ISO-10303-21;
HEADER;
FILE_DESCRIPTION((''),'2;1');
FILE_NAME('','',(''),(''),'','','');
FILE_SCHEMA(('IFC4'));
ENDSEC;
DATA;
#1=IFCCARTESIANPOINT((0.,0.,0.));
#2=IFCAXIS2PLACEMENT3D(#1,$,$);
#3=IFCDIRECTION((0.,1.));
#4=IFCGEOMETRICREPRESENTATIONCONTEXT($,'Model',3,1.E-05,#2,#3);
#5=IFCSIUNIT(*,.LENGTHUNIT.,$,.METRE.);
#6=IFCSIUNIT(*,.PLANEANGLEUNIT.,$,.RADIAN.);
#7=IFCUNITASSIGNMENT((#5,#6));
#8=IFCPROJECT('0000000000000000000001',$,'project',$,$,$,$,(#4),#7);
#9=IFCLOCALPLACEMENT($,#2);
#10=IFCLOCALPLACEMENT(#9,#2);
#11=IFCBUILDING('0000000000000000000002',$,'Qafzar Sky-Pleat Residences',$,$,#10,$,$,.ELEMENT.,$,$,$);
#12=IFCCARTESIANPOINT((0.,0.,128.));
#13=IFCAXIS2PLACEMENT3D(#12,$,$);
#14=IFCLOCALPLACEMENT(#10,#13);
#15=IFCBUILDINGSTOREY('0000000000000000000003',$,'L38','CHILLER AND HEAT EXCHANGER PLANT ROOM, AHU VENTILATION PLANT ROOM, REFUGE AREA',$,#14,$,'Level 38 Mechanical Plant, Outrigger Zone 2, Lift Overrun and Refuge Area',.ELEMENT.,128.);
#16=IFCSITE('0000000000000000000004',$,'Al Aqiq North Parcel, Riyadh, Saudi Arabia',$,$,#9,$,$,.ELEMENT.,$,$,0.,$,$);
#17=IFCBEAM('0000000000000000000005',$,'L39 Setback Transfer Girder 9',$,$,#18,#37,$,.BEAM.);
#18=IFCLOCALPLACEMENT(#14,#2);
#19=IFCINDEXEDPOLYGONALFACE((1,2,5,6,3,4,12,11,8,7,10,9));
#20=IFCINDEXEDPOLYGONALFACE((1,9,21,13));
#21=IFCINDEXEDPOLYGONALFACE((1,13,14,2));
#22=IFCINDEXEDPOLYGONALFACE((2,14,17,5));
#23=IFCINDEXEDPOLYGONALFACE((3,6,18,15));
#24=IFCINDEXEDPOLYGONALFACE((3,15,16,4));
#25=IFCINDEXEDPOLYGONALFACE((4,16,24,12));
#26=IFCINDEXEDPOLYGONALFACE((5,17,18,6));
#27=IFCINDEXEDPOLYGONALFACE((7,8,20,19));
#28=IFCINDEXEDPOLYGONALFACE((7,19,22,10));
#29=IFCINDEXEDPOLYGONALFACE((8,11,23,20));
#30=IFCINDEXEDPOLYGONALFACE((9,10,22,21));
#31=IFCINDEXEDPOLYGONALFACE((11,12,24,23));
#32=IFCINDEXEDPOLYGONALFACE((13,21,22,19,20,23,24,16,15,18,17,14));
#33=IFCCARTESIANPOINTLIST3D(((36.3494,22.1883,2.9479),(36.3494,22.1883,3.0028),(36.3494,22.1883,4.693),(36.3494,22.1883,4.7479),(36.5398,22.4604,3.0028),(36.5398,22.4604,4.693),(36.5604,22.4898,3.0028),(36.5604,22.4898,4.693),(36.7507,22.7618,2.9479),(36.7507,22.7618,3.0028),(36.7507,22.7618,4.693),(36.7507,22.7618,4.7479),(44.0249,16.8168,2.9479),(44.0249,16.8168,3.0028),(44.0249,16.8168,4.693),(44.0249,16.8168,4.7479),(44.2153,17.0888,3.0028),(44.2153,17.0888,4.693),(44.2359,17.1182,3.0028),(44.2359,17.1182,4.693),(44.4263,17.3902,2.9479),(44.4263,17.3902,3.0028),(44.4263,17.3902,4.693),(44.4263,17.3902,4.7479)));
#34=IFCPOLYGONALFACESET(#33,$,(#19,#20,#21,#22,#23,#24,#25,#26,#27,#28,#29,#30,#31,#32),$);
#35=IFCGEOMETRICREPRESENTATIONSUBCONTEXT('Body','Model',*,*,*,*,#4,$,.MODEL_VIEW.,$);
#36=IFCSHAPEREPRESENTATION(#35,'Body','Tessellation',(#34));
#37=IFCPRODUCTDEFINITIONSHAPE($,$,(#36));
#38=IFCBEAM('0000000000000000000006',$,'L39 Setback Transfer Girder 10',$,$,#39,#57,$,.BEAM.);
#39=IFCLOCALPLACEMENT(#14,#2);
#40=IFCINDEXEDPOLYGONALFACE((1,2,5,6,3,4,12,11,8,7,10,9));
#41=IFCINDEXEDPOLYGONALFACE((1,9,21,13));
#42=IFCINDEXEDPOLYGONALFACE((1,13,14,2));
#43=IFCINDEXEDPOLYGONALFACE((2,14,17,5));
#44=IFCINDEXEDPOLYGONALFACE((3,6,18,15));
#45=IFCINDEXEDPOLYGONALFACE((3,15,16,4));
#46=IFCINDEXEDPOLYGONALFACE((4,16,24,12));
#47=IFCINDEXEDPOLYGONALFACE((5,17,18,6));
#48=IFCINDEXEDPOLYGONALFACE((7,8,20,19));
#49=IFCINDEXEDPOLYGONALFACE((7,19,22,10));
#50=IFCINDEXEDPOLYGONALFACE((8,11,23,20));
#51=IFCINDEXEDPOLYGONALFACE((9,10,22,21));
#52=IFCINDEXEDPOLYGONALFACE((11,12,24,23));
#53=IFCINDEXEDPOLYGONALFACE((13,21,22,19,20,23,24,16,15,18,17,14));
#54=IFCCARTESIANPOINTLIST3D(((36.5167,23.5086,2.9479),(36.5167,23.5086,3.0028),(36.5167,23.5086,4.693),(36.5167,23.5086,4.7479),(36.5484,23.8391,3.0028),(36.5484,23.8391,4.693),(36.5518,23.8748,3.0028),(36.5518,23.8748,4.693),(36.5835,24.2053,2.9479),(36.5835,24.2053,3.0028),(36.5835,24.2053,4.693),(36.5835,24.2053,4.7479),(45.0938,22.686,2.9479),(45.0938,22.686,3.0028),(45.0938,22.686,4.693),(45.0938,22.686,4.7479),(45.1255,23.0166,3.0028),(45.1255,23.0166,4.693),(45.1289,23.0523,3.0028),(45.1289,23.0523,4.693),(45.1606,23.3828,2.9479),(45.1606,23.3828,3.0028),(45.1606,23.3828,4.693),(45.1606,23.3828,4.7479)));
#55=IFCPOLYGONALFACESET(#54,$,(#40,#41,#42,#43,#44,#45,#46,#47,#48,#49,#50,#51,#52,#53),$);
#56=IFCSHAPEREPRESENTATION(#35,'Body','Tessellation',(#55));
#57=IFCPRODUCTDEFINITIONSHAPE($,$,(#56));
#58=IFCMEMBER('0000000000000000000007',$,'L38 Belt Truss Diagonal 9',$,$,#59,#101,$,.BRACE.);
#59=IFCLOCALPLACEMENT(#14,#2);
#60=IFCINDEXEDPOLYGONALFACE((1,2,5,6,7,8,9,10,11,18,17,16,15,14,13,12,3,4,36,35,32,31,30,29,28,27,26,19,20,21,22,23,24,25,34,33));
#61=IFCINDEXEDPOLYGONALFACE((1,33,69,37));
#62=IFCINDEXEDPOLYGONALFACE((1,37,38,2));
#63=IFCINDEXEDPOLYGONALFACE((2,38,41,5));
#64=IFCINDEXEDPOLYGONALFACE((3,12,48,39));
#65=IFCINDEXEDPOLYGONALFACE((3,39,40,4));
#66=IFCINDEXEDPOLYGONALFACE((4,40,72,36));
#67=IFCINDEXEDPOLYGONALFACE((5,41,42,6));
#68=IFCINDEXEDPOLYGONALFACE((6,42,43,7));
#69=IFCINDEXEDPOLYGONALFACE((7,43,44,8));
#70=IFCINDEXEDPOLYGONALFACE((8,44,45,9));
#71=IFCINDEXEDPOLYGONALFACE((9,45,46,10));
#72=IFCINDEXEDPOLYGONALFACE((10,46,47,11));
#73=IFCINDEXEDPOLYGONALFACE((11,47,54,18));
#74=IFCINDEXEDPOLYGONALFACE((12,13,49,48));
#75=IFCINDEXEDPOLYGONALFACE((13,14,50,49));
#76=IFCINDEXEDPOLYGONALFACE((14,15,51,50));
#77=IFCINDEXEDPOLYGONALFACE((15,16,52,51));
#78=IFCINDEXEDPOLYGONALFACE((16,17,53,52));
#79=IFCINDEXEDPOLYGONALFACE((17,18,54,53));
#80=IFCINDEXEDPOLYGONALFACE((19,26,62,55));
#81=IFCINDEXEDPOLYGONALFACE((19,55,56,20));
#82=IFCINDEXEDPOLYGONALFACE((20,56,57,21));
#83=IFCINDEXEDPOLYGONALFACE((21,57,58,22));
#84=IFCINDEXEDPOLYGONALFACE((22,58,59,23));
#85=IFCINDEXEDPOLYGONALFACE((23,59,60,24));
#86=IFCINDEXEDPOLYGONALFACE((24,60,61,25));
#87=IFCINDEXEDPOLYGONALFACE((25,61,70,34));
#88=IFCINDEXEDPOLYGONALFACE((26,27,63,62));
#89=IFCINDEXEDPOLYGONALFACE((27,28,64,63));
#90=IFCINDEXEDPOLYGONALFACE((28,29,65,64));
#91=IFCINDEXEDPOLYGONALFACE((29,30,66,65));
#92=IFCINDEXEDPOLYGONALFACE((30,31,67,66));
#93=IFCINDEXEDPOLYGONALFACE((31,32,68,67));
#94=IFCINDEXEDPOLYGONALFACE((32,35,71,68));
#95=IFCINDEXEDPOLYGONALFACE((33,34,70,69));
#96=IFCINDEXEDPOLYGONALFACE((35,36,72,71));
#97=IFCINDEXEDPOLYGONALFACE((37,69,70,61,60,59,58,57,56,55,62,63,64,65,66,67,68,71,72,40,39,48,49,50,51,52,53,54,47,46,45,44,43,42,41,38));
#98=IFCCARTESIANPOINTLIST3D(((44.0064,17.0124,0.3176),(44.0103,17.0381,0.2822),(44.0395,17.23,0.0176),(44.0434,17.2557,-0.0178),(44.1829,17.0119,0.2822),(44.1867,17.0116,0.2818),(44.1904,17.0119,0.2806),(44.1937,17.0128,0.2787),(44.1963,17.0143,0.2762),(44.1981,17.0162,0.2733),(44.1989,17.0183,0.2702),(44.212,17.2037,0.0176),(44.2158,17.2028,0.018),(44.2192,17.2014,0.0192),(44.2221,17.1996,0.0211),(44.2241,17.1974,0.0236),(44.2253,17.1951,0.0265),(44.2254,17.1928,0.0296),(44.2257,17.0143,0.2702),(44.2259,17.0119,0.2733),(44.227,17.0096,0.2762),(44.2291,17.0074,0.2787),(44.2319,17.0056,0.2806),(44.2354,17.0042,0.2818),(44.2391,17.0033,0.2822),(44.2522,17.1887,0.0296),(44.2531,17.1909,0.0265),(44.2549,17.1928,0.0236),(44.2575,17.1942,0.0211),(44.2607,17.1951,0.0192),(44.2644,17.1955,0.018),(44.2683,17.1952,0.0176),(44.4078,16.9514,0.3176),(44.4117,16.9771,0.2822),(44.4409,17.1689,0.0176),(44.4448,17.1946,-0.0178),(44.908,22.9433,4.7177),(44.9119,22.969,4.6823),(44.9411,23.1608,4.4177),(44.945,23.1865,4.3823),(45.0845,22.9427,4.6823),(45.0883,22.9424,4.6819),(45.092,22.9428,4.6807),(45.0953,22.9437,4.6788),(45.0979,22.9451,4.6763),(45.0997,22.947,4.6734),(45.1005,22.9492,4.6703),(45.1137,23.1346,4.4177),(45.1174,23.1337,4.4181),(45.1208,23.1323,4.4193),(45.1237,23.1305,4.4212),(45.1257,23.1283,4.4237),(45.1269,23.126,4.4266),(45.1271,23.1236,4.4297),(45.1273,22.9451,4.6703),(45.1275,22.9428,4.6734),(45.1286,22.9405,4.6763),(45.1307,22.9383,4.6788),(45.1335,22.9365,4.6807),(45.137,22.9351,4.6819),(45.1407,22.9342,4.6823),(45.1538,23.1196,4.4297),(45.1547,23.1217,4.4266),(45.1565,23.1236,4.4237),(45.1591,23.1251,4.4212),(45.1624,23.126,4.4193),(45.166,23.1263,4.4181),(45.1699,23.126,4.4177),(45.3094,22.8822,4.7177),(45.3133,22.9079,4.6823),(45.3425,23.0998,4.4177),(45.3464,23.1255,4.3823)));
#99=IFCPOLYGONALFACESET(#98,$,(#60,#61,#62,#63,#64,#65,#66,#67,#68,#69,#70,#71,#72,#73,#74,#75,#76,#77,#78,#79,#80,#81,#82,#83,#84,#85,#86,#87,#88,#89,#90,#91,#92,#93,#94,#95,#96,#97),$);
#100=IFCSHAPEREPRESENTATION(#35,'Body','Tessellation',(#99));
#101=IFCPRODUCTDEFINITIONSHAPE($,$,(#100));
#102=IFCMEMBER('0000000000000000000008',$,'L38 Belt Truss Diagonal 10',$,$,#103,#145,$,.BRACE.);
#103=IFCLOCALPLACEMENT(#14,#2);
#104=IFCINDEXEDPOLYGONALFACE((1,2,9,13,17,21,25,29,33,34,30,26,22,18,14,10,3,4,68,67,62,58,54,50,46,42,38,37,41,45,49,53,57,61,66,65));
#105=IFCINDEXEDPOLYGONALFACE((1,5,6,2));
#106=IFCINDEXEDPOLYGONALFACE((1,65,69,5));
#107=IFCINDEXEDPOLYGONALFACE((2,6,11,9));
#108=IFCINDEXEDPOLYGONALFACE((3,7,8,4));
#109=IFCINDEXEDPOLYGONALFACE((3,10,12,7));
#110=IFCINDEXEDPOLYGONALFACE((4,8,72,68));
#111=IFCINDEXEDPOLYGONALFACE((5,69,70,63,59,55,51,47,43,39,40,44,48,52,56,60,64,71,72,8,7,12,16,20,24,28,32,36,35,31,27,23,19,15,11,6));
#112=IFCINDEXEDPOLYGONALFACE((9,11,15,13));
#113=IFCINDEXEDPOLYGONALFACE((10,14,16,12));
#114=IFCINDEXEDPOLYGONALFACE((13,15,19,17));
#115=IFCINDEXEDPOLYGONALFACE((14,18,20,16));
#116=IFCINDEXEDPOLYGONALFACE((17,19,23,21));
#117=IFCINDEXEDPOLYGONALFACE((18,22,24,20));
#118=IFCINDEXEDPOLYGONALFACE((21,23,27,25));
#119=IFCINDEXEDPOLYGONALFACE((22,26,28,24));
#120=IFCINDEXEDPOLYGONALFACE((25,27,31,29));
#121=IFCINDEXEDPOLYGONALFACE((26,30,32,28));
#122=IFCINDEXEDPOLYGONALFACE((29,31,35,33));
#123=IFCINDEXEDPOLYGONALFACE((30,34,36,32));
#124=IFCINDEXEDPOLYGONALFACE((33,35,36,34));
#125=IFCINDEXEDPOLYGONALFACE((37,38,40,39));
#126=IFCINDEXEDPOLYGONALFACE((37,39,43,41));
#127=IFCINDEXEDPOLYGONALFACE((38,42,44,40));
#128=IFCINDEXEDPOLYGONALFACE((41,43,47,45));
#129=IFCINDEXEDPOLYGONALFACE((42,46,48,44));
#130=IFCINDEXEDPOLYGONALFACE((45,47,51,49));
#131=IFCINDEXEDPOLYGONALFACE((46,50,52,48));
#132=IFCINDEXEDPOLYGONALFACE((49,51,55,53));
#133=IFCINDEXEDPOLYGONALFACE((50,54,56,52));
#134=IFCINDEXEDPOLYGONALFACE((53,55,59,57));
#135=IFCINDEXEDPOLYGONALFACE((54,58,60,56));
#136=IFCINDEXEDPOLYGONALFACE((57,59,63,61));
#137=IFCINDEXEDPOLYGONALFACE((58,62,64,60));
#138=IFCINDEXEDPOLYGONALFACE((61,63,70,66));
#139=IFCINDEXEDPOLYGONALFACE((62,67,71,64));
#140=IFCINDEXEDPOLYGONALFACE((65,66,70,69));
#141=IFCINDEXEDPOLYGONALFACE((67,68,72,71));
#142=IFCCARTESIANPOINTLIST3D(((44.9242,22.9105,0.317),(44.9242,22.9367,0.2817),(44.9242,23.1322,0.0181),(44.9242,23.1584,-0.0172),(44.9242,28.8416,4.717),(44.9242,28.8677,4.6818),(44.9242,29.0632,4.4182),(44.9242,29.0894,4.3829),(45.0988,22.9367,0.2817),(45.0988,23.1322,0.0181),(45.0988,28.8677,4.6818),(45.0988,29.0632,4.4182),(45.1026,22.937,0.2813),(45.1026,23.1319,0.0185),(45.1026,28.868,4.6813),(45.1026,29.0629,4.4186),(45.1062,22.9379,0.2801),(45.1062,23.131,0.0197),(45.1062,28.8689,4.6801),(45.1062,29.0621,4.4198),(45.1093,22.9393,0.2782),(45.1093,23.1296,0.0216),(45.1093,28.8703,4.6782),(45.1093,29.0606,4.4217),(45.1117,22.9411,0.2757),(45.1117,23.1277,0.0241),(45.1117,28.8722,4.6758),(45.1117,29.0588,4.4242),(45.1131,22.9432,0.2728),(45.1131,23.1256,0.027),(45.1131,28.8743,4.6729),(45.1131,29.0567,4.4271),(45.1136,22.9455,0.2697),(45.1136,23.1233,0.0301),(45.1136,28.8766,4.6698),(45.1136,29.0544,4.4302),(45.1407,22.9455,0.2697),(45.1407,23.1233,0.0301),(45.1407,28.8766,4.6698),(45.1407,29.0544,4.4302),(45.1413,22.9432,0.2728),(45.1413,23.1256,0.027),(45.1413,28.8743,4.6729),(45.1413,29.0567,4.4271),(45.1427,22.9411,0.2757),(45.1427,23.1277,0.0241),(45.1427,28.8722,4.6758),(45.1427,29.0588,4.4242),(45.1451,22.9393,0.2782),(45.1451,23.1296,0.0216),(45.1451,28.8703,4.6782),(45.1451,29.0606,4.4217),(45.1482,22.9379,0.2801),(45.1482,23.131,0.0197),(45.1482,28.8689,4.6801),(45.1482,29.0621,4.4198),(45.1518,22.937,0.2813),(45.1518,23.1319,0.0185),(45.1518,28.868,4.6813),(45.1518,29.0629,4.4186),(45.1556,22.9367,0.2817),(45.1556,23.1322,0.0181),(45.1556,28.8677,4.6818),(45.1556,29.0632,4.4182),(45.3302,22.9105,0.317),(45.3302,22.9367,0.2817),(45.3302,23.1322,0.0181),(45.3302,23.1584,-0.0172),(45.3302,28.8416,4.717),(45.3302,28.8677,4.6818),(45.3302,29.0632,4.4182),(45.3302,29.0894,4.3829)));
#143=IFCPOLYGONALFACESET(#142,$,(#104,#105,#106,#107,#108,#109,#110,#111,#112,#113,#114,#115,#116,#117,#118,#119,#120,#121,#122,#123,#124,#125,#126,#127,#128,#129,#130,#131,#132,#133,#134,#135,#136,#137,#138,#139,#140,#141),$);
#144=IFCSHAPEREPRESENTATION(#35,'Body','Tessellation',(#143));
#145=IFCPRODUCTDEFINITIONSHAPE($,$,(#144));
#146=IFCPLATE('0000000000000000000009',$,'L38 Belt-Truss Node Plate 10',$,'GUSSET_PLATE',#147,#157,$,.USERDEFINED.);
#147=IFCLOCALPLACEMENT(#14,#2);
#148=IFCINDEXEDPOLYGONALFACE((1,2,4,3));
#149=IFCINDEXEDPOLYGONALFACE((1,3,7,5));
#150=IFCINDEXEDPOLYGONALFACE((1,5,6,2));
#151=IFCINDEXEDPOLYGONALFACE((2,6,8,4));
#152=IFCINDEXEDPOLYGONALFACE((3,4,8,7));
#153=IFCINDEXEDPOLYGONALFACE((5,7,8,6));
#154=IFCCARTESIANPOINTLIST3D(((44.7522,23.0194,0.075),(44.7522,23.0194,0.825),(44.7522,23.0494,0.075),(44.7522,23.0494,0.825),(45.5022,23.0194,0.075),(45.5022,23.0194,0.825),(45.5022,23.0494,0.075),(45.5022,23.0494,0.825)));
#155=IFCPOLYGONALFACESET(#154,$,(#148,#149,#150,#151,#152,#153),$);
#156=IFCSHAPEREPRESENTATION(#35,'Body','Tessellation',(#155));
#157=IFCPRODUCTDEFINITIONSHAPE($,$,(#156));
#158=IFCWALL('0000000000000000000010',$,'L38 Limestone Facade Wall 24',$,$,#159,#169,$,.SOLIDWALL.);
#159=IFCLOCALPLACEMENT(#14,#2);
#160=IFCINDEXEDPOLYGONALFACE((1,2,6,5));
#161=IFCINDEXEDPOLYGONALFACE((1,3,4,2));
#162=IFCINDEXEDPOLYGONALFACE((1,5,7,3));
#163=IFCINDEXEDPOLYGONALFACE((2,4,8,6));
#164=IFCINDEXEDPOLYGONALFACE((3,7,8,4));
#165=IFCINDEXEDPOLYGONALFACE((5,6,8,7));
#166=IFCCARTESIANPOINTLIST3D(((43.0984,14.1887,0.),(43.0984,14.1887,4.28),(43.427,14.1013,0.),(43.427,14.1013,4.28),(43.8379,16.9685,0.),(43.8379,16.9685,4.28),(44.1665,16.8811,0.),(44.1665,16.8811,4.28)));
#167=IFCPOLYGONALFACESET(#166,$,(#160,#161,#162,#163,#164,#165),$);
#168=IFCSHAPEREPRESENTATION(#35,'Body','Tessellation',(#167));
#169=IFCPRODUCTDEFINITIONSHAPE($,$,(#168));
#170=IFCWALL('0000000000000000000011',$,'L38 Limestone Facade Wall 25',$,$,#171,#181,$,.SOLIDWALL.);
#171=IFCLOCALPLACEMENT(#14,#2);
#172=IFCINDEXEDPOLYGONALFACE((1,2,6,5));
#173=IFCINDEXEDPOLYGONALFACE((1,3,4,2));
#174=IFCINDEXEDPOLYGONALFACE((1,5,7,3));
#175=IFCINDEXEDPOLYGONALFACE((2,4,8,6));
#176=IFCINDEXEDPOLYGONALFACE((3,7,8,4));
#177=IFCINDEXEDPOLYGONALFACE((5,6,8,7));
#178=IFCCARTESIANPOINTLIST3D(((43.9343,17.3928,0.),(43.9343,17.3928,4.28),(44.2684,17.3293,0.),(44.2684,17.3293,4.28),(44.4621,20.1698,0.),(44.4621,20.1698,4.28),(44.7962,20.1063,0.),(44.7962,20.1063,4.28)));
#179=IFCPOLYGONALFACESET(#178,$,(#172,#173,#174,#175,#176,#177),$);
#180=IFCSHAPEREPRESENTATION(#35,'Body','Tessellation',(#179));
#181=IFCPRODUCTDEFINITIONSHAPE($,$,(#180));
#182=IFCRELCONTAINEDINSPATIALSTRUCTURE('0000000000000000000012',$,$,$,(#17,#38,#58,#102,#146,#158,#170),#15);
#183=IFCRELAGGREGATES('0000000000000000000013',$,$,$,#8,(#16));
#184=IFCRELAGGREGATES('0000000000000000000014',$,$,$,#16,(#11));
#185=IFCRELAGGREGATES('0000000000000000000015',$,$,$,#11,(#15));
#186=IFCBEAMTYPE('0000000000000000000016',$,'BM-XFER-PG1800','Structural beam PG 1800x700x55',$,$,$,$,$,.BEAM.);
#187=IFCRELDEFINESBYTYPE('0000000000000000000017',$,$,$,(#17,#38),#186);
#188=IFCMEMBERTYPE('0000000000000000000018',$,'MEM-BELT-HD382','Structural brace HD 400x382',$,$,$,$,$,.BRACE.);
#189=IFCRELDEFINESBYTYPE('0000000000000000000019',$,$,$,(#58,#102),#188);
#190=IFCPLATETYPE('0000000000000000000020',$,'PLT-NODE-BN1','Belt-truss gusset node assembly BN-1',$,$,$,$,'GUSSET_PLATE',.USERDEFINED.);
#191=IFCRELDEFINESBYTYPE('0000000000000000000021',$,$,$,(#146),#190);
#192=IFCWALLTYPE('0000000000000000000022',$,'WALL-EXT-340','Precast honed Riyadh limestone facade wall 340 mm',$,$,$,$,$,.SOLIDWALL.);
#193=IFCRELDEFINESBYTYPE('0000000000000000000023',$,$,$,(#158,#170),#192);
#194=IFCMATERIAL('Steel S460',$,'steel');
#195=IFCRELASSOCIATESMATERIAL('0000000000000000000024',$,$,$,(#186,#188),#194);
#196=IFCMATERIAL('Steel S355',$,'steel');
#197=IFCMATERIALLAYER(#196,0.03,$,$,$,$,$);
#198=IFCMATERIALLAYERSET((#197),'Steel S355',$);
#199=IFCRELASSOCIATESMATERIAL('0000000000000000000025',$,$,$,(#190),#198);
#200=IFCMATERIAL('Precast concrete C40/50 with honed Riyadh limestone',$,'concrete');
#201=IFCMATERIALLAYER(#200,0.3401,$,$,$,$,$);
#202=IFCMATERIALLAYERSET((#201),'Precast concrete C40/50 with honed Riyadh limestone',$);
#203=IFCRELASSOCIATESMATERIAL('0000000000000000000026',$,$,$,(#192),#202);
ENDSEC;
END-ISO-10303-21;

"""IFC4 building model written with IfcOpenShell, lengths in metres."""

from ifc_helpers import new_model, si_unit, direction, frame, frame_2d, origin, origin_2d, place, context, subcontext, project, spatial, rectangle, i_section, extrude, source, transform, mapped, material, layer, layer_set, material_profile, profile_set, type_object, element, save


model = new_model("IFC4")

# Units and contexts
model_context = context("Model", 3, precision=1e-05, world=origin(), true_north=direction((0.0, 1.0)))
body_context = subcontext(model_context, "Body", "Model", "MODEL_VIEW")
ifc_project = project(units=[si_unit("LENGTHUNIT", "METRE"), si_unit("PLANEANGLEUNIT", "RADIAN")], contexts=[model_context])

# Site, building, storey
site_placement = place(None, origin())
site = spatial("IfcSite", under=ifc_project, at=site_placement, Name="Al Aqiq North Parcel, Riyadh, Saudi Arabia", CompositionType="ELEMENT", RefElevation=0.0)
building_placement = place(site_placement, origin())
building = spatial("IfcBuilding", under=site, at=building_placement, Name="Qafzar Sky-Pleat Residences", CompositionType="ELEMENT")
storey_placement = place(building_placement, frame((0.0, 0.0, 128.0)))
storey = spatial("IfcBuildingStorey", under=building, at=storey_placement, Name="L38", Description="CHILLER AND HEAT EXCHANGER PLANT ROOM, AHU VENTILATION PLANT ROOM, REFUGE AREA", LongName="Level 38 Mechanical Plant, Outrigger Zone 2, Lift Overrun and Refuge Area", CompositionType="ELEMENT", Elevation=128.0)

# Shared definitions
ifc_material_1 = material(Name="Steel S460", Category="steel")

# Beams
ifc_material_2 = material(Name="Steel S355", Category="steel")
ifc_material_profile_1 = material_profile(ifc_material_1, i_section(OverallWidth=0.7, OverallDepth=1.8, WebThickness=0.0359, FlangeThickness=0.0549, at=origin_2d()), Name="PG 1800x700x55")
ifc_profile_set_1 = profile_set([ifc_material_profile_1], Name="Steel S460")
beam_type_1 = type_object("IfcBeamType", Name="BM-XFER-PG1800", Description="Structural beam PG 1800x700x55", PredefinedType="BEAM", material=ifc_profile_set_1)
shared_shape_1 = source(origin(), body_context, "Body", "SweptSolid", [
    extrude(i_section(OverallWidth=0.7, OverallDepth=1.8, WebThickness=0.0359, FlangeThickness=0.0549, at=origin_2d()), origin(), (0.0, 0.0, 1.0), 9.3684),
])
beam_1_placement = place(storey_placement, frame((44.2256, 17.1035, 3.8479), z_axis=(-0.819297, 0.57337, 0.0), x_axis=(-0.57337, -0.819297, 0.0)))
element("IfcBeam", 1, at=beam_1_placement, inside=storey, type_object=beam_type_1, Name="L39 Setback Transfer Girder 9", PredefinedType="BEAM", context=body_context, shape_type="MappedRepresentation", body=[
    mapped(shared_shape_1, transform((0.0, 0.0, 0.0), x_axis=(1.0, 0.0, 0.0), y_axis=(0.0, 1.0, 0.0), z_axis=(0.0, 0.0, 1.0), scale=1.0)),
])
shared_shape_2 = source(origin(), body_context, "Body", "SweptSolid", [
    extrude(i_section(OverallWidth=0.7, OverallDepth=1.8, WebThickness=0.0359, FlangeThickness=0.0549, at=origin_2d()), origin(), (0.0, 0.0, 1.0), 8.6165),
])
beam_2_placement = place(storey_placement, frame((45.1272, 23.0344, 3.8479), z_axis=(-0.995433, 0.095458, 0.0), x_axis=(-0.095458, -0.995433, 0.0)))
element("IfcBeam", 2, at=beam_2_placement, inside=storey, type_object=beam_type_1, Name="L39 Setback Transfer Girder 10", PredefinedType="BEAM", context=body_context, shape_type="MappedRepresentation", body=[
    mapped(shared_shape_2, transform((0.0, 0.0, 0.0), x_axis=(1.0, 0.0, 0.0), y_axis=(0.0, 1.0, 0.0), z_axis=(0.0, 0.0, 1.0), scale=1.0)),
])

# Members
ifc_material_profile_2 = material_profile(ifc_material_1, i_section(OverallWidth=0.406, OverallDepth=0.416, WebThickness=0.0271, FlangeThickness=0.0439, FilletRadius=0.0149, at=origin_2d()), Name="HD 400x382")
ifc_profile_set_2 = profile_set([ifc_material_profile_2], Name="Steel S460")
member_type = type_object("IfcMemberType", Name="MEM-BELT-HD382", Description="Structural brace HD 400x382", PredefinedType="BRACE", material=ifc_profile_set_2)
shared_shape_3 = source(origin(), body_context, "Body", "SweptSolid", [
    extrude(i_section(OverallWidth=0.406, OverallDepth=0.416, WebThickness=0.0271, FlangeThickness=0.0439, FilletRadius=0.0149, at=origin_2d()), origin(), (0.0, 0.0, 1.0), 7.4397),
])
member_1_placement = place(storey_placement, frame((44.2256, 17.1035, 0.1499), z_axis=(0.121188, 0.797192, 0.591437), x_axis=(-0.988642, 0.150292, 0.0)))
element("IfcMember", 3, at=member_1_placement, inside=storey, type_object=member_type, Name="L38 Belt Truss Diagonal 9", PredefinedType="BRACE", context=body_context, shape_type="MappedRepresentation", body=[
    mapped(shared_shape_3, transform((0.0, 0.0, 0.0), x_axis=(1.0, 0.0, 0.0), y_axis=(0.0, 1.0, 0.0), z_axis=(0.0, 0.0, 1.0), scale=1.0)),
])
shared_shape_4 = source(origin(), body_context, "Body", "SweptSolid", [
    extrude(i_section(OverallWidth=0.406, OverallDepth=0.416, WebThickness=0.0271, FlangeThickness=0.0439, FilletRadius=0.0149, at=origin_2d()), origin(), (0.0, 0.0, 1.0), 7.385),
])
member_2_placement = place(storey_placement, frame((45.1272, 23.0344, 0.1499), z_axis=(0.0, 0.803123, 0.595813), x_axis=(-1.0, 0.0, 0.0)))
element("IfcMember", 4, at=member_2_placement, inside=storey, type_object=member_type, Name="L38 Belt Truss Diagonal 10", PredefinedType="BRACE", context=body_context, shape_type="MappedRepresentation", body=[
    mapped(shared_shape_4, transform((0.0, 0.0, 0.0), x_axis=(1.0, 0.0, 0.0), y_axis=(0.0, 1.0, 0.0), z_axis=(0.0, 0.0, 1.0), scale=1.0)),
])

# Plate
ifc_layer_1 = layer(ifc_material_2, 0.03)
ifc_layer_set_1 = layer_set([ifc_layer_1], Name="Steel S355")
plate_type = type_object("IfcPlateType", Name="PLT-NODE-BN1", Description="Belt-truss gusset node assembly BN-1", ElementType="GUSSET_PLATE", PredefinedType="USERDEFINED", material=ifc_layer_set_1)
shared_shape_5 = source(origin(), body_context, "Body", "SweptSolid", [
    extrude(rectangle(XDim=0.75, YDim=0.03, at=origin_2d()), origin(), (0.0, 0.0, 1.0), 0.75),
])
plate_placement = place(storey_placement, frame((45.1272, 23.0344, 0.075), z_axis=(0.0, 0.0, 1.0), x_axis=(1.0, 0.0, 0.0)))
element("IfcPlate", 5, at=plate_placement, inside=storey, type_object=plate_type, Name="L38 Belt-Truss Node Plate 10", ObjectType="GUSSET_PLATE", PredefinedType="USERDEFINED", context=body_context, shape_type="MappedRepresentation", body=[
    mapped(shared_shape_5, transform((0.0, 0.0, 0.0), x_axis=(1.0, 0.0, 0.0), y_axis=(0.0, 1.0, 0.0), z_axis=(0.0, 0.0, 1.0), scale=1.0)),
])

# Walls
ifc_material_3 = material(Name="Precast concrete C40/50 with honed Riyadh limestone", Category="concrete")
ifc_layer_2 = layer(ifc_material_3, 0.3401)
ifc_layer_set_2 = layer_set([ifc_layer_2], Name="Precast concrete C40/50 with honed Riyadh limestone")
wall_type = type_object("IfcWallType", Name="WALL-EXT-340", Description="Precast honed Riyadh limestone facade wall 340 mm", PredefinedType="SOLIDWALL", material=ifc_layer_set_2)
wall_1_placement = place(storey_placement, frame((43.2627, 14.145, 0.0), z_axis=(0.0, 0.0, 1.0), x_axis=(0.257087, 0.966388, 0.0)))
element("IfcWall", 6, at=wall_1_placement, inside=storey, type_object=wall_type, Name="L38 Limestone Facade Wall 24", PredefinedType="SOLIDWALL", context=body_context, shape_type="SweptSolid", body=[
    extrude(rectangle(XDim=2.8765, YDim=0.3401, at=frame_2d((1.4382, 0.0))), origin(), (0.0, 0.0, 1.0), 4.28),
])
wall_2_placement = place(storey_placement, frame((44.1013, 17.3611, 0.0), z_axis=(0.0, 0.0, 1.0), x_axis=(0.186739, 0.98241, 0.0)))
element("IfcWall", 7, at=wall_2_placement, inside=storey, type_object=wall_type, Name="L38 Limestone Facade Wall 25", PredefinedType="SOLIDWALL", context=body_context, shape_type="SweptSolid", body=[
    extrude(rectangle(XDim=2.8267, YDim=0.3401, at=frame_2d((1.4133, 0.0))), origin(), (0.0, 0.0, 1.0), 4.28),
])

save(model, "model.ifc")
